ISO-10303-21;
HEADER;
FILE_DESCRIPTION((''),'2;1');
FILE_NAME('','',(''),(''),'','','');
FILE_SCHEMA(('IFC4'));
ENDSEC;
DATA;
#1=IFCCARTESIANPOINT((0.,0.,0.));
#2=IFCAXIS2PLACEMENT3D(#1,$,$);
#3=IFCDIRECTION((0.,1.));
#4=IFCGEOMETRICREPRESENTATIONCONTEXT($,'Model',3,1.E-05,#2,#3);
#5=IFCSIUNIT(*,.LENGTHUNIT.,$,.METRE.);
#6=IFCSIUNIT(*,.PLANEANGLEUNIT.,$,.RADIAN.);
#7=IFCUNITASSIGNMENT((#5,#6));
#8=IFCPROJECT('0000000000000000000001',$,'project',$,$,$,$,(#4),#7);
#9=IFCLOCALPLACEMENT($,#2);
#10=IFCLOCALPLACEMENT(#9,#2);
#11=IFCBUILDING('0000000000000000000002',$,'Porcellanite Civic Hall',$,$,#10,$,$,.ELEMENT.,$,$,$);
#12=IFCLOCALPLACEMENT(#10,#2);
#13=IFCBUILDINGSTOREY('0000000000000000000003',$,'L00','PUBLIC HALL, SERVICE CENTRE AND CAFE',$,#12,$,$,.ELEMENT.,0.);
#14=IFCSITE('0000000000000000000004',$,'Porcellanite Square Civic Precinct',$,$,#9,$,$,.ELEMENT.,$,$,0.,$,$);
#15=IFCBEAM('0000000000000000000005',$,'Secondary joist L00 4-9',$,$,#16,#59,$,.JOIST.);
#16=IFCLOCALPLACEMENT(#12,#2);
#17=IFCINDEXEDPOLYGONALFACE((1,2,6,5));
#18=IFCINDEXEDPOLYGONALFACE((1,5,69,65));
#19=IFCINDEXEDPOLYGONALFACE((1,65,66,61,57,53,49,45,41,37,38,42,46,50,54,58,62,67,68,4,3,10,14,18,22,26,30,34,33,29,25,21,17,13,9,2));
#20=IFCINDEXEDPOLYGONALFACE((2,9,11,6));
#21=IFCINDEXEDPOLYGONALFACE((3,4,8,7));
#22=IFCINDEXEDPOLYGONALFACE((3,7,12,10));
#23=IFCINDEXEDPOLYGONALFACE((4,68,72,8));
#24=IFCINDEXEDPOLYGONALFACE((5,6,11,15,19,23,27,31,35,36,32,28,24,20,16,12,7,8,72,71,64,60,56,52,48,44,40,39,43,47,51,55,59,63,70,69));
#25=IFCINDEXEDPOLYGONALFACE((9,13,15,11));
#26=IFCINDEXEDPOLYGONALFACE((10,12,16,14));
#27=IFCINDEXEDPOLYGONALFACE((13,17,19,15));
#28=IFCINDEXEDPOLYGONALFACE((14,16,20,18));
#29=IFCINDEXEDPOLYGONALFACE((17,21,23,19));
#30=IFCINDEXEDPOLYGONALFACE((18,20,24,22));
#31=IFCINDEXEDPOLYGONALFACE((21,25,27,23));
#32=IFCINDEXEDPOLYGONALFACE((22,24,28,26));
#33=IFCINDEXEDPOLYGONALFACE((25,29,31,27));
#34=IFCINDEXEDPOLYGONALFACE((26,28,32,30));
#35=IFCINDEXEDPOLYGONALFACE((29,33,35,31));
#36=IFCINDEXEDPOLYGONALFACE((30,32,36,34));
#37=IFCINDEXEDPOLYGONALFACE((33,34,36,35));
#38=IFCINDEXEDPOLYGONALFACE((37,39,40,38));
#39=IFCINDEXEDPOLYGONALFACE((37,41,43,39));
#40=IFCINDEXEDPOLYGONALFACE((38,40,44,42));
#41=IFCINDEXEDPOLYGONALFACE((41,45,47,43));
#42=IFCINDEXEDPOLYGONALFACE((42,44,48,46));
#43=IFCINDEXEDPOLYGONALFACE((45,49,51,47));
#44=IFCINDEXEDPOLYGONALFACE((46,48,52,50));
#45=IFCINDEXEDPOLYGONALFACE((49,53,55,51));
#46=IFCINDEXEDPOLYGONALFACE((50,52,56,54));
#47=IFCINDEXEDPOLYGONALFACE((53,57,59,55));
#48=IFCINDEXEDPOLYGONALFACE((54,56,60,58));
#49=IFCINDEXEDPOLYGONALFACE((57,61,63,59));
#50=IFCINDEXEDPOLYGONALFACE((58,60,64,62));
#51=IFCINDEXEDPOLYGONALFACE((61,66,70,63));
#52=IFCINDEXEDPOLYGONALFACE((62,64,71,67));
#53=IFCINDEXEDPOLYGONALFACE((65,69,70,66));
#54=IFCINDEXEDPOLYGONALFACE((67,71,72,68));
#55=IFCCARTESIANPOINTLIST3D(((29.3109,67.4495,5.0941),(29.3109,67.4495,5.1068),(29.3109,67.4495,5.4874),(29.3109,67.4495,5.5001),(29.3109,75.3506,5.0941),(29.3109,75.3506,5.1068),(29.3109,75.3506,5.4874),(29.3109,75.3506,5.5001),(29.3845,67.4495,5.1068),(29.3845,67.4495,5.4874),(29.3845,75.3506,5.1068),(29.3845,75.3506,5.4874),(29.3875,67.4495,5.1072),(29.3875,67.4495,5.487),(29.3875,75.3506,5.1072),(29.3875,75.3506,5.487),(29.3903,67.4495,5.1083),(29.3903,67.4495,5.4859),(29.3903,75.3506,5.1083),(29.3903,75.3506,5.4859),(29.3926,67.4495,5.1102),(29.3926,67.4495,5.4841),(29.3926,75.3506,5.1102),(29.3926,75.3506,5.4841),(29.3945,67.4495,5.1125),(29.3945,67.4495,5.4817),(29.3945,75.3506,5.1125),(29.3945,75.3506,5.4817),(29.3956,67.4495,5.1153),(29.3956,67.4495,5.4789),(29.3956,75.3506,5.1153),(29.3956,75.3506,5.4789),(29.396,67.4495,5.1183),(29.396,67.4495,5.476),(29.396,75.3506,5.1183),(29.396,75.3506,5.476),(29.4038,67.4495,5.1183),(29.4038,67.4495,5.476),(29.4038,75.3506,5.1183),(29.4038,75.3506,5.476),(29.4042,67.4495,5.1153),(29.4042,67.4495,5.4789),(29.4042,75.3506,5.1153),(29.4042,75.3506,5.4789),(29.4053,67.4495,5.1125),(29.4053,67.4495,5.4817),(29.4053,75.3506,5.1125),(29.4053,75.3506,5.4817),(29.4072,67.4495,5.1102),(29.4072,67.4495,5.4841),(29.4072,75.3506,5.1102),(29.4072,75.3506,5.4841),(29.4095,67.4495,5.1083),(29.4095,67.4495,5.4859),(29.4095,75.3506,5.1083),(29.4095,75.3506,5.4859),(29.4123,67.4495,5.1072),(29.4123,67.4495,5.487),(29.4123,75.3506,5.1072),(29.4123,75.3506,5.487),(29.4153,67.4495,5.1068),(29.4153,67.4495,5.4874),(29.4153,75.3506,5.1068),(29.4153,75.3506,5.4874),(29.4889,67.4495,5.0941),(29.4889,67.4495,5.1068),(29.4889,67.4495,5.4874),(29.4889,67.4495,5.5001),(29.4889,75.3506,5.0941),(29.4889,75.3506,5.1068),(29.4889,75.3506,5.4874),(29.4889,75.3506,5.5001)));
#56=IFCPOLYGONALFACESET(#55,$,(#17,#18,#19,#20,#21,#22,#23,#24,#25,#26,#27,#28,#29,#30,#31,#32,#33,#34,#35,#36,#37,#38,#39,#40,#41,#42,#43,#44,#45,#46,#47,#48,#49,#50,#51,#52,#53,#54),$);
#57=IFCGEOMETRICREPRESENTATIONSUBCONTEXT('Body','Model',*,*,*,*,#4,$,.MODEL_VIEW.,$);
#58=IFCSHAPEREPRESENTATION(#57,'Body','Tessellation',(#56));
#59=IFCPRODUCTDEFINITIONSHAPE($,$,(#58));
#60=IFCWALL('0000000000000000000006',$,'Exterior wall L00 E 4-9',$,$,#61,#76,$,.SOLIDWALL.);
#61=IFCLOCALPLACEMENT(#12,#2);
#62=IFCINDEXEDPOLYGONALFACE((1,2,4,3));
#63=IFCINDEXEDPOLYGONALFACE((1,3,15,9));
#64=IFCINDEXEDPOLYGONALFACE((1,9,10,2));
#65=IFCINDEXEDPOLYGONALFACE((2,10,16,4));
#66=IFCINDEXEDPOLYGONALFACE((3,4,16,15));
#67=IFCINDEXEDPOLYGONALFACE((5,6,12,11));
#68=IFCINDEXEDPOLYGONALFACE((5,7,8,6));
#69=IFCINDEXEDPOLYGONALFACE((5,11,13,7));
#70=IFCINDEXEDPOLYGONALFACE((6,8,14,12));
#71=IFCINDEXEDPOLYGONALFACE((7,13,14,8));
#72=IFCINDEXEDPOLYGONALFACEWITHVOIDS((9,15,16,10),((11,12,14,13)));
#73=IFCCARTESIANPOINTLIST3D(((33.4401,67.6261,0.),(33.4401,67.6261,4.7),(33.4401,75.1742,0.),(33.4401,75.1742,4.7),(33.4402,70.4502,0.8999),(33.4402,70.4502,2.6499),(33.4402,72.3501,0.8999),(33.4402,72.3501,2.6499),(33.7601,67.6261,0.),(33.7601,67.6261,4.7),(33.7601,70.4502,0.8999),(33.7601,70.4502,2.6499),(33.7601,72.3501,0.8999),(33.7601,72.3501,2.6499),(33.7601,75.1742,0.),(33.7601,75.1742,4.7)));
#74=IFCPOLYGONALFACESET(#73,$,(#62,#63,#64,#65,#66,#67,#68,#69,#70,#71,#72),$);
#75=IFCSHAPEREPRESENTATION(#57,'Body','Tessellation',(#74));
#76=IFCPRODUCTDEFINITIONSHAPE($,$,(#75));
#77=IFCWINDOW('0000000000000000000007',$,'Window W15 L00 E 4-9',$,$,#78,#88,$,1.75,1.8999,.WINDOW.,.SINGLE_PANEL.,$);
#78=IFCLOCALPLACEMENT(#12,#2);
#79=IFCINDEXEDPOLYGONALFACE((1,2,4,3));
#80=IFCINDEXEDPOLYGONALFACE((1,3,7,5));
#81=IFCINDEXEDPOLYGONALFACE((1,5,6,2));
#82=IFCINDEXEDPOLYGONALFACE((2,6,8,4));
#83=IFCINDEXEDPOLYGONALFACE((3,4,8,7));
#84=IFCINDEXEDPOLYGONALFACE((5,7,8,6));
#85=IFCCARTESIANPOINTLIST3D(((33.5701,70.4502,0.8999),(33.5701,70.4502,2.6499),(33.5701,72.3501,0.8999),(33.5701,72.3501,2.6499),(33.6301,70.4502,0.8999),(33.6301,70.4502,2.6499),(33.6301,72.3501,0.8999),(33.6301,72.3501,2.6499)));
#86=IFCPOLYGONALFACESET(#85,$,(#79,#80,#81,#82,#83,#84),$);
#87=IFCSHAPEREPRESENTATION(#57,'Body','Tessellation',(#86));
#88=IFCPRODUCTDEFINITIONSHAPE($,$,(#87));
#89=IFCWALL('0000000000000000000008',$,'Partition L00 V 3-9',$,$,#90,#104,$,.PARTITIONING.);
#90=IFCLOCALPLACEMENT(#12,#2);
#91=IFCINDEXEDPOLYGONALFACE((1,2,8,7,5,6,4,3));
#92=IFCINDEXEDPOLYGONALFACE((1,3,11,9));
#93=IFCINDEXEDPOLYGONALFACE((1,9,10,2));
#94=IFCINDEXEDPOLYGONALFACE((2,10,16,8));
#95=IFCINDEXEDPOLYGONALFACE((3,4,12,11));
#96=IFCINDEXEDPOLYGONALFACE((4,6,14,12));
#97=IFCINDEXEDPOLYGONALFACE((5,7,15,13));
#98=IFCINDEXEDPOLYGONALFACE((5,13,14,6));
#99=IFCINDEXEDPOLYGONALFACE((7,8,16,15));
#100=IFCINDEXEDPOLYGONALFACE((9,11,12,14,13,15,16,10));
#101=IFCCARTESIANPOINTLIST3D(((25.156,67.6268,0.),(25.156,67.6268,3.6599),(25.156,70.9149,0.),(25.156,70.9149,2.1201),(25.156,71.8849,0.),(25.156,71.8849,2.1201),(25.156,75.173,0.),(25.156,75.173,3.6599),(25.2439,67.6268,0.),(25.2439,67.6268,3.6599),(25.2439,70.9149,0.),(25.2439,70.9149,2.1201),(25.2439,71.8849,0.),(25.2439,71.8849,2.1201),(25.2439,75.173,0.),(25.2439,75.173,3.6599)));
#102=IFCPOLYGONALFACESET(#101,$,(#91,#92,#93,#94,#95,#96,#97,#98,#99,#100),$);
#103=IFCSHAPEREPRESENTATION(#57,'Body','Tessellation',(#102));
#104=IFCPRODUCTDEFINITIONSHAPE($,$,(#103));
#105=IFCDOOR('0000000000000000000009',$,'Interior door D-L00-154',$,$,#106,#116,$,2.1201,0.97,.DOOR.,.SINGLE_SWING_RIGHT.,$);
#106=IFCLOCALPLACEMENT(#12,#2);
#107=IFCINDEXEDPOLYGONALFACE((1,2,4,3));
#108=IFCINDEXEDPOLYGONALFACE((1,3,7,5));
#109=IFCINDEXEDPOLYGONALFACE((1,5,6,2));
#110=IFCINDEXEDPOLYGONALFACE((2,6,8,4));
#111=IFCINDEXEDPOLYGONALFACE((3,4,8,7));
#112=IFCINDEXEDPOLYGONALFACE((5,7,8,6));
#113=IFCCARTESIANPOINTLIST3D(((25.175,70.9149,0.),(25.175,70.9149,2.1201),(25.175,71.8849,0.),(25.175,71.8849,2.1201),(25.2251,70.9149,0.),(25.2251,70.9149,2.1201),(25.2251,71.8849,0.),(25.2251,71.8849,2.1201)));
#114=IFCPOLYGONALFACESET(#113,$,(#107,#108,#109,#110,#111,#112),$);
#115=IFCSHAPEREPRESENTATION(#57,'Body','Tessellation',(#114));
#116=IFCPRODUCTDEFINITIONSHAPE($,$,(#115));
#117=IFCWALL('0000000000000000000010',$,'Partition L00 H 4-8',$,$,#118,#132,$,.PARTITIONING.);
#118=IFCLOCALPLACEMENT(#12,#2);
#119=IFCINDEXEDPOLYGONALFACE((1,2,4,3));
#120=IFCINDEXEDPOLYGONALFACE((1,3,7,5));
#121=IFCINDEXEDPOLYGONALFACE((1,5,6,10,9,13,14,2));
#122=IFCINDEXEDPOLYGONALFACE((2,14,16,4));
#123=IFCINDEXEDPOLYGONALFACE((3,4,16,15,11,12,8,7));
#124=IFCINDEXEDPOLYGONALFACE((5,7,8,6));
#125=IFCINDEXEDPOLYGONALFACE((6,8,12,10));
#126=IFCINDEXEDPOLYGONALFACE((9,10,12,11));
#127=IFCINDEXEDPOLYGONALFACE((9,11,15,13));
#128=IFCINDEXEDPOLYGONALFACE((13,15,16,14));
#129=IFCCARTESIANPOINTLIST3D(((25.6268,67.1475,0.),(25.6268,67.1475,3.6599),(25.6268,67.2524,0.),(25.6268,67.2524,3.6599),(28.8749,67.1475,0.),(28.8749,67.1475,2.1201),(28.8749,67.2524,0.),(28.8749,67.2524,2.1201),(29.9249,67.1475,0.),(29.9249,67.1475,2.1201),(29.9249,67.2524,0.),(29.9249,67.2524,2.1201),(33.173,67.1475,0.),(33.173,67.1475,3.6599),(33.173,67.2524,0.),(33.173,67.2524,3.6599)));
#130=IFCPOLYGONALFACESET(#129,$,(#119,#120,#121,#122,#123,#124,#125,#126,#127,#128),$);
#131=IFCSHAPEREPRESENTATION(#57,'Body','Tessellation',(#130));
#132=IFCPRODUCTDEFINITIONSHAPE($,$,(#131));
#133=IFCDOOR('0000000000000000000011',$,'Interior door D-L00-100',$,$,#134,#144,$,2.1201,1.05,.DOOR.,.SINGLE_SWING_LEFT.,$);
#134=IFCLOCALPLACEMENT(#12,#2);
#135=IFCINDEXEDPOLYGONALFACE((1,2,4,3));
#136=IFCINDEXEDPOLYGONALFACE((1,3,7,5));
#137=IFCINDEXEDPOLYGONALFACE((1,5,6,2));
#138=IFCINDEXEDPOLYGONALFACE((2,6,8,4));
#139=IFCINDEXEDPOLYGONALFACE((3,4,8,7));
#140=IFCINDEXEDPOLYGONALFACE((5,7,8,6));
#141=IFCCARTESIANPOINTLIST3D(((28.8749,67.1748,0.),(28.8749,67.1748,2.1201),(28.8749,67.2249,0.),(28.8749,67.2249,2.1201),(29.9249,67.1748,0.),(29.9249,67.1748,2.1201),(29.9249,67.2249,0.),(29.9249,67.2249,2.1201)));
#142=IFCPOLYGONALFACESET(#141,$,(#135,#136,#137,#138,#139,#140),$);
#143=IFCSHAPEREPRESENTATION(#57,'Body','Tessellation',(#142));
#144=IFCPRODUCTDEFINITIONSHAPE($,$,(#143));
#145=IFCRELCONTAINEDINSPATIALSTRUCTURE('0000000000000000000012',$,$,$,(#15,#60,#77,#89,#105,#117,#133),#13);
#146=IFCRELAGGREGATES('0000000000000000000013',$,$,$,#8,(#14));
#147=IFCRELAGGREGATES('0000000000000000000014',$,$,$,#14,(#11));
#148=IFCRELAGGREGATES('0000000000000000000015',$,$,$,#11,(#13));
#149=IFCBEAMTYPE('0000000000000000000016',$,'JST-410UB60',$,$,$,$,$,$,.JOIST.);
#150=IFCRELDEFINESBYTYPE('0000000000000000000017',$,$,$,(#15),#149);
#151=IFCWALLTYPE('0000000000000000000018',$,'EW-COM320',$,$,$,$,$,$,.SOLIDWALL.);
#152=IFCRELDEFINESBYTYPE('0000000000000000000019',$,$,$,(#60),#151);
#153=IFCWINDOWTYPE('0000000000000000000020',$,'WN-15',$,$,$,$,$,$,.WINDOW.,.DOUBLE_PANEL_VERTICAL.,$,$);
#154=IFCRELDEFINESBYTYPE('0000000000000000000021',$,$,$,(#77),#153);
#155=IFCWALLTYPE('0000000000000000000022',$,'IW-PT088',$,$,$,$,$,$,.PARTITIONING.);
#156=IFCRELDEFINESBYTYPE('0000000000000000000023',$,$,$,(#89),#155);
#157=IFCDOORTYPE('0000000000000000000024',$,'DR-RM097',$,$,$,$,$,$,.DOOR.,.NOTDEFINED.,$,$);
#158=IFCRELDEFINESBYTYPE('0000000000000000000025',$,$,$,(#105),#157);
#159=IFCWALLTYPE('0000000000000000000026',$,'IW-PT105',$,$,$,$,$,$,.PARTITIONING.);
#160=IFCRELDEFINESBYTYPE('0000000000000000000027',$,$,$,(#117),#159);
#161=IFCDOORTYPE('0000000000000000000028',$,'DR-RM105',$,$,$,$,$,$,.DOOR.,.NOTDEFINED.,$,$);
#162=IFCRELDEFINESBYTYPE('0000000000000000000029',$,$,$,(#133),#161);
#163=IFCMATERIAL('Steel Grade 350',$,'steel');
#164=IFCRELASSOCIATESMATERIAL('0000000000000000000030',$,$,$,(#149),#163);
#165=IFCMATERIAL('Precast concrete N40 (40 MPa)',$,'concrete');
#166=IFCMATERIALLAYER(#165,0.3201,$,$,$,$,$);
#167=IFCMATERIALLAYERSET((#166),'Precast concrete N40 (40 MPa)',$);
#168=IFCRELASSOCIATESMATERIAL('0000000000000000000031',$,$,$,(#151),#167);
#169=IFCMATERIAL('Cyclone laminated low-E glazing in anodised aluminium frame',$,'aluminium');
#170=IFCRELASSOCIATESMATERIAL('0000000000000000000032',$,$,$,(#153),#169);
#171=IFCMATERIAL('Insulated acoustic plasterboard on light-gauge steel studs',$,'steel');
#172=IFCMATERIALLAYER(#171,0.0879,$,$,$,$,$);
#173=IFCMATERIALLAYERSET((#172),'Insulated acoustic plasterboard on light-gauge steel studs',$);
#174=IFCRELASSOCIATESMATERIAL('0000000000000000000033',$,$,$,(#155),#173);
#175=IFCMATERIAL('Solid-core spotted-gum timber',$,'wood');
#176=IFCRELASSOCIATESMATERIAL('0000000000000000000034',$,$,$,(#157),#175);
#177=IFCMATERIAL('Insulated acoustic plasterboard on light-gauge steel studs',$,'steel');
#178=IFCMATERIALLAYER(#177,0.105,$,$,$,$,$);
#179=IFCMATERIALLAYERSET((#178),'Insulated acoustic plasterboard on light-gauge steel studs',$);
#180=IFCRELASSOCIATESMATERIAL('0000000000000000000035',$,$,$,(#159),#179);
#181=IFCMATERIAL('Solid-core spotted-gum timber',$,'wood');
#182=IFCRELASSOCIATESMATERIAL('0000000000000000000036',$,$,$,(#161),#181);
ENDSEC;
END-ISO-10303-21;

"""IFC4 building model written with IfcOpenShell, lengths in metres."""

from ifc_helpers import new_model, si_unit, direction, frame, frame_2d, origin, origin_2d, place, context, subcontext, project, spatial, rectangle, i_section, extrude, material, layer, layer_set, material_profile, profile_set, type_object, element, fill, save


model = new_model("IFC4")

# Units and contexts
model_context = context("Model", 3, precision=1e-05, world=origin(), true_north=direction((0.0, 1.0)))
body_context = subcontext(model_context, "Body", "Model", "MODEL_VIEW")
ifc_project = project(units=[si_unit("LENGTHUNIT", "METRE"), si_unit("PLANEANGLEUNIT", "RADIAN")], contexts=[model_context])

# Site, building, storey
site_placement = place(None, origin())
site = spatial("IfcSite", under=ifc_project, at=site_placement, Name="Porcellanite Square Civic Precinct", CompositionType="ELEMENT", RefElevation=0.0)
building_placement = place(site_placement, origin())
building = spatial("IfcBuilding", under=site, at=building_placement, Name="Porcellanite Civic Hall", CompositionType="ELEMENT")
storey_placement = place(building_placement, origin())
storey = spatial("IfcBuildingStorey", under=building, at=storey_placement, Name="L00", Description="PUBLIC HALL, SERVICE CENTRE AND CAFE", CompositionType="ELEMENT", Elevation=0.0)

# Beam
ifc_material_1 = material(Name="Steel Grade 350", Category="steel")
ifc_material_profile_1 = material_profile(ifc_material_1, i_section(OverallWidth=0.178, OverallDepth=0.406, WebThickness=0.0078, FlangeThickness=0.0127, FilletRadius=0.0115, at=origin_2d()), Name="410UB59.7")
ifc_profile_set_1 = profile_set([ifc_material_profile_1], Name="Steel Grade 350")
beam_type_1 = type_object("IfcBeamType", Name="JST-410UB60", PredefinedType="JOIST", material=ifc_profile_set_1)
beam_1_placement = place(storey_placement, frame((29.3999, 67.4495, 5.2971), z_axis=(0.0, 1.0, 0.0), x_axis=(-1.0, 0.0, 0.0)))
element("IfcBeam", 1, at=beam_1_placement, inside=storey, type_object=beam_type_1, Name="Secondary joist L00 4-9", PredefinedType="JOIST", context=body_context, shape_type="SweptSolid", body=[
    extrude(i_section(OverallWidth=0.178, OverallDepth=0.406, WebThickness=0.0078, FlangeThickness=0.0127, FilletRadius=0.0115, at=origin_2d()), origin(), (0.0, 0.0, 1.0), 7.9011),
])

# Wall, opening, window
ifc_material_2 = material(Name="Precast concrete N40 (40 MPa)", Category="concrete")
ifc_layer_1 = layer(ifc_material_2, 0.3201)
ifc_layer_set_1 = layer_set([ifc_layer_1], Name="Precast concrete N40 (40 MPa)")
wall_type_1 = type_object("IfcWallType", Name="EW-COM320", PredefinedType="SOLIDWALL", material=ifc_layer_set_1)
wall_1_placement = place(storey_placement, frame((33.6001, 75.1741, 0.0), z_axis=(0.0, 0.0, 1.0), x_axis=(0.0, -1.0, 0.0)))
wall_1 = element("IfcWall", 2, at=wall_1_placement, inside=storey, type_object=wall_type_1, Name="Exterior wall L00 E 4-9", PredefinedType="SOLIDWALL", context=body_context, shape_type="SweptSolid", body=[
    extrude(rectangle(XDim=7.5481, YDim=0.3201, at=frame_2d((3.7739, 0.0))), origin(), (0.0, 0.0, 1.0), 4.7),
])
opening_1_placement = place(wall_1_placement, frame((2.824, 0.0, 0.8999)))
opening_1 = element("IfcOpeningElement", 3, at=opening_1_placement, cuts=wall_1, PredefinedType="OPENING", context=body_context, shape_type="SweptSolid", body=[
    extrude(rectangle(XDim=1.8999, YDim=1.75, at=frame_2d((0.95, 0.875))), frame((0.0, 0.1602, 0.0), z_axis=(0.0, -1.0, 0.0), x_axis=(1.0, 0.0, 0.0)), (0.0, 0.0, 1.0), 0.3201),
])
ifc_material_3 = material(Name="Cyclone laminated low-E glazing in anodised aluminium frame", Category="aluminium")
window_type_1 = type_object("IfcWindowType", Name="WN-15", PartitioningType="DOUBLE_PANEL_VERTICAL", PredefinedType="WINDOW", material=ifc_material_3)
window_1_placement = place(opening_1_placement, origin())
window_1 = element("IfcWindow", 4, at=window_1_placement, inside=storey, type_object=window_type_1, Name="Window W15 L00 E 4-9", OverallHeight=1.75, OverallWidth=1.8999, PartitioningType="SINGLE_PANEL", PredefinedType="WINDOW", context=body_context, shape_type="SweptSolid", body=[
    extrude(rectangle(XDim=1.8999, YDim=1.75, at=frame_2d((0.95, 0.875))), frame((0.0, 0.03, 0.0), z_axis=(0.0, -1.0, 0.0), x_axis=(1.0, 0.0, 0.0)), (0.0, 0.0, 1.0), 0.0601),
])
fill(opening_1, window_1)

# Walls, openings, doors
ifc_material_4 = material(Name="Insulated acoustic plasterboard on light-gauge steel studs", Category="steel")
ifc_layer_2 = layer(ifc_material_4, 0.0879)
ifc_layer_set_2 = layer_set([ifc_layer_2], Name="Insulated acoustic plasterboard on light-gauge steel studs")
wall_type_2 = type_object("IfcWallType", Name="IW-PT088", PredefinedType="PARTITIONING", material=ifc_layer_set_2)
wall_2_placement = place(storey_placement, frame((25.2, 67.627, 0.0), z_axis=(0.0, 0.0, 1.0), x_axis=(0.0, 1.0, 0.0)))
wall_2 = element("IfcWall", 5, at=wall_2_placement, inside=storey, type_object=wall_type_2, Name="Partition L00 V 3-9", PredefinedType="PARTITIONING", context=body_context, shape_type="SweptSolid", body=[
    extrude(rectangle(XDim=7.5461, YDim=0.0879, at=frame_2d((3.7729, 0.0))), origin(), (0.0, 0.0, 1.0), 3.6599),
])
opening_2_placement = place(wall_2_placement, frame((3.2881, 0.0, 0.0)))
opening_2 = element("IfcOpeningElement", 6, at=opening_2_placement, cuts=wall_2, PredefinedType="OPENING", context=body_context, shape_type="SweptSolid", body=[
    extrude(rectangle(XDim=0.97, YDim=2.1201, at=frame_2d((0.4849, 1.0601))), frame((0.0, 0.0439, 0.0), z_axis=(0.0, -1.0, 0.0), x_axis=(1.0, 0.0, 0.0)), (0.0, 0.0, 1.0), 0.0879),
])
ifc_material_5 = material(Name="Solid-core spotted-gum timber", Category="wood")
door_type_1 = type_object("IfcDoorType", Name="DR-RM097", OperationType="NOTDEFINED", PredefinedType="DOOR", material=ifc_material_5)
door_1_placement = place(opening_2_placement, origin())
door_1 = element("IfcDoor", 7, at=door_1_placement, inside=storey, type_object=door_type_1, Name="Interior door D-L00-154", OperationType="SINGLE_SWING_RIGHT", OverallHeight=2.1201, OverallWidth=0.97, PredefinedType="DOOR", context=body_context, shape_type="SweptSolid", body=[
    extrude(rectangle(XDim=0.97, YDim=2.1201, at=frame_2d((0.4849, 1.0601))), frame((0.0, 0.0249, 0.0), z_axis=(0.0, -1.0, 0.0), x_axis=(1.0, 0.0, 0.0)), (0.0, 0.0, 1.0), 0.05),
])
fill(opening_2, door_1)
ifc_material_6 = material(Name="Insulated acoustic plasterboard on light-gauge steel studs", Category="steel")
ifc_layer_3 = layer(ifc_material_6, 0.105)
ifc_layer_set_3 = layer_set([ifc_layer_3], Name="Insulated acoustic plasterboard on light-gauge steel studs")
wall_type_3 = type_object("IfcWallType", Name="IW-PT105", PredefinedType="PARTITIONING", material=ifc_layer_set_3)
wall_3_placement = place(storey_placement, frame((25.627, 67.2, 0.0), z_axis=(0.0, 0.0, 1.0), x_axis=(1.0, 0.0, 0.0)))
wall_3 = element("IfcWall", 8, at=wall_3_placement, inside=storey, type_object=wall_type_3, Name="Partition L00 H 4-8", PredefinedType="PARTITIONING", context=body_context, shape_type="SweptSolid", body=[
    extrude(rectangle(XDim=7.5461, YDim=0.105, at=frame_2d((3.7729, 0.0))), origin(), (0.0, 0.0, 1.0), 3.6599),
])
opening_3_placement = place(wall_3_placement, frame((3.248, 0.0, 0.0)))
opening_3 = element("IfcOpeningElement", 9, at=opening_3_placement, cuts=wall_3, PredefinedType="OPENING", context=body_context, shape_type="SweptSolid", body=[
    extrude(rectangle(XDim=1.05, YDim=2.1201, at=frame_2d((0.5249, 1.0601))), frame((0.0, 0.0525, 0.0), z_axis=(0.0, -1.0, 0.0), x_axis=(1.0, 0.0, 0.0)), (0.0, 0.0, 1.0), 0.105),
])
ifc_material_7 = material(Name="Solid-core spotted-gum timber", Category="wood")
door_type_2 = type_object("IfcDoorType", Name="DR-RM105", OperationType="NOTDEFINED", PredefinedType="DOOR", material=ifc_material_7)
door_2_placement = place(opening_3_placement, origin())
door_2 = element("IfcDoor", 10, at=door_2_placement, inside=storey, type_object=door_type_2, Name="Interior door D-L00-100", OperationType="SINGLE_SWING_LEFT", OverallHeight=2.1201, OverallWidth=1.05, PredefinedType="DOOR", context=body_context, shape_type="SweptSolid", body=[
    extrude(rectangle(XDim=1.05, YDim=2.1201, at=frame_2d((0.5249, 1.0601))), frame((0.0, 0.0249, 0.0), z_axis=(0.0, -1.0, 0.0), x_axis=(1.0, 0.0, 0.0)), (0.0, 0.0, 1.0), 0.05),
])
fill(opening_3, door_2)

save(model, "model.ifc")
